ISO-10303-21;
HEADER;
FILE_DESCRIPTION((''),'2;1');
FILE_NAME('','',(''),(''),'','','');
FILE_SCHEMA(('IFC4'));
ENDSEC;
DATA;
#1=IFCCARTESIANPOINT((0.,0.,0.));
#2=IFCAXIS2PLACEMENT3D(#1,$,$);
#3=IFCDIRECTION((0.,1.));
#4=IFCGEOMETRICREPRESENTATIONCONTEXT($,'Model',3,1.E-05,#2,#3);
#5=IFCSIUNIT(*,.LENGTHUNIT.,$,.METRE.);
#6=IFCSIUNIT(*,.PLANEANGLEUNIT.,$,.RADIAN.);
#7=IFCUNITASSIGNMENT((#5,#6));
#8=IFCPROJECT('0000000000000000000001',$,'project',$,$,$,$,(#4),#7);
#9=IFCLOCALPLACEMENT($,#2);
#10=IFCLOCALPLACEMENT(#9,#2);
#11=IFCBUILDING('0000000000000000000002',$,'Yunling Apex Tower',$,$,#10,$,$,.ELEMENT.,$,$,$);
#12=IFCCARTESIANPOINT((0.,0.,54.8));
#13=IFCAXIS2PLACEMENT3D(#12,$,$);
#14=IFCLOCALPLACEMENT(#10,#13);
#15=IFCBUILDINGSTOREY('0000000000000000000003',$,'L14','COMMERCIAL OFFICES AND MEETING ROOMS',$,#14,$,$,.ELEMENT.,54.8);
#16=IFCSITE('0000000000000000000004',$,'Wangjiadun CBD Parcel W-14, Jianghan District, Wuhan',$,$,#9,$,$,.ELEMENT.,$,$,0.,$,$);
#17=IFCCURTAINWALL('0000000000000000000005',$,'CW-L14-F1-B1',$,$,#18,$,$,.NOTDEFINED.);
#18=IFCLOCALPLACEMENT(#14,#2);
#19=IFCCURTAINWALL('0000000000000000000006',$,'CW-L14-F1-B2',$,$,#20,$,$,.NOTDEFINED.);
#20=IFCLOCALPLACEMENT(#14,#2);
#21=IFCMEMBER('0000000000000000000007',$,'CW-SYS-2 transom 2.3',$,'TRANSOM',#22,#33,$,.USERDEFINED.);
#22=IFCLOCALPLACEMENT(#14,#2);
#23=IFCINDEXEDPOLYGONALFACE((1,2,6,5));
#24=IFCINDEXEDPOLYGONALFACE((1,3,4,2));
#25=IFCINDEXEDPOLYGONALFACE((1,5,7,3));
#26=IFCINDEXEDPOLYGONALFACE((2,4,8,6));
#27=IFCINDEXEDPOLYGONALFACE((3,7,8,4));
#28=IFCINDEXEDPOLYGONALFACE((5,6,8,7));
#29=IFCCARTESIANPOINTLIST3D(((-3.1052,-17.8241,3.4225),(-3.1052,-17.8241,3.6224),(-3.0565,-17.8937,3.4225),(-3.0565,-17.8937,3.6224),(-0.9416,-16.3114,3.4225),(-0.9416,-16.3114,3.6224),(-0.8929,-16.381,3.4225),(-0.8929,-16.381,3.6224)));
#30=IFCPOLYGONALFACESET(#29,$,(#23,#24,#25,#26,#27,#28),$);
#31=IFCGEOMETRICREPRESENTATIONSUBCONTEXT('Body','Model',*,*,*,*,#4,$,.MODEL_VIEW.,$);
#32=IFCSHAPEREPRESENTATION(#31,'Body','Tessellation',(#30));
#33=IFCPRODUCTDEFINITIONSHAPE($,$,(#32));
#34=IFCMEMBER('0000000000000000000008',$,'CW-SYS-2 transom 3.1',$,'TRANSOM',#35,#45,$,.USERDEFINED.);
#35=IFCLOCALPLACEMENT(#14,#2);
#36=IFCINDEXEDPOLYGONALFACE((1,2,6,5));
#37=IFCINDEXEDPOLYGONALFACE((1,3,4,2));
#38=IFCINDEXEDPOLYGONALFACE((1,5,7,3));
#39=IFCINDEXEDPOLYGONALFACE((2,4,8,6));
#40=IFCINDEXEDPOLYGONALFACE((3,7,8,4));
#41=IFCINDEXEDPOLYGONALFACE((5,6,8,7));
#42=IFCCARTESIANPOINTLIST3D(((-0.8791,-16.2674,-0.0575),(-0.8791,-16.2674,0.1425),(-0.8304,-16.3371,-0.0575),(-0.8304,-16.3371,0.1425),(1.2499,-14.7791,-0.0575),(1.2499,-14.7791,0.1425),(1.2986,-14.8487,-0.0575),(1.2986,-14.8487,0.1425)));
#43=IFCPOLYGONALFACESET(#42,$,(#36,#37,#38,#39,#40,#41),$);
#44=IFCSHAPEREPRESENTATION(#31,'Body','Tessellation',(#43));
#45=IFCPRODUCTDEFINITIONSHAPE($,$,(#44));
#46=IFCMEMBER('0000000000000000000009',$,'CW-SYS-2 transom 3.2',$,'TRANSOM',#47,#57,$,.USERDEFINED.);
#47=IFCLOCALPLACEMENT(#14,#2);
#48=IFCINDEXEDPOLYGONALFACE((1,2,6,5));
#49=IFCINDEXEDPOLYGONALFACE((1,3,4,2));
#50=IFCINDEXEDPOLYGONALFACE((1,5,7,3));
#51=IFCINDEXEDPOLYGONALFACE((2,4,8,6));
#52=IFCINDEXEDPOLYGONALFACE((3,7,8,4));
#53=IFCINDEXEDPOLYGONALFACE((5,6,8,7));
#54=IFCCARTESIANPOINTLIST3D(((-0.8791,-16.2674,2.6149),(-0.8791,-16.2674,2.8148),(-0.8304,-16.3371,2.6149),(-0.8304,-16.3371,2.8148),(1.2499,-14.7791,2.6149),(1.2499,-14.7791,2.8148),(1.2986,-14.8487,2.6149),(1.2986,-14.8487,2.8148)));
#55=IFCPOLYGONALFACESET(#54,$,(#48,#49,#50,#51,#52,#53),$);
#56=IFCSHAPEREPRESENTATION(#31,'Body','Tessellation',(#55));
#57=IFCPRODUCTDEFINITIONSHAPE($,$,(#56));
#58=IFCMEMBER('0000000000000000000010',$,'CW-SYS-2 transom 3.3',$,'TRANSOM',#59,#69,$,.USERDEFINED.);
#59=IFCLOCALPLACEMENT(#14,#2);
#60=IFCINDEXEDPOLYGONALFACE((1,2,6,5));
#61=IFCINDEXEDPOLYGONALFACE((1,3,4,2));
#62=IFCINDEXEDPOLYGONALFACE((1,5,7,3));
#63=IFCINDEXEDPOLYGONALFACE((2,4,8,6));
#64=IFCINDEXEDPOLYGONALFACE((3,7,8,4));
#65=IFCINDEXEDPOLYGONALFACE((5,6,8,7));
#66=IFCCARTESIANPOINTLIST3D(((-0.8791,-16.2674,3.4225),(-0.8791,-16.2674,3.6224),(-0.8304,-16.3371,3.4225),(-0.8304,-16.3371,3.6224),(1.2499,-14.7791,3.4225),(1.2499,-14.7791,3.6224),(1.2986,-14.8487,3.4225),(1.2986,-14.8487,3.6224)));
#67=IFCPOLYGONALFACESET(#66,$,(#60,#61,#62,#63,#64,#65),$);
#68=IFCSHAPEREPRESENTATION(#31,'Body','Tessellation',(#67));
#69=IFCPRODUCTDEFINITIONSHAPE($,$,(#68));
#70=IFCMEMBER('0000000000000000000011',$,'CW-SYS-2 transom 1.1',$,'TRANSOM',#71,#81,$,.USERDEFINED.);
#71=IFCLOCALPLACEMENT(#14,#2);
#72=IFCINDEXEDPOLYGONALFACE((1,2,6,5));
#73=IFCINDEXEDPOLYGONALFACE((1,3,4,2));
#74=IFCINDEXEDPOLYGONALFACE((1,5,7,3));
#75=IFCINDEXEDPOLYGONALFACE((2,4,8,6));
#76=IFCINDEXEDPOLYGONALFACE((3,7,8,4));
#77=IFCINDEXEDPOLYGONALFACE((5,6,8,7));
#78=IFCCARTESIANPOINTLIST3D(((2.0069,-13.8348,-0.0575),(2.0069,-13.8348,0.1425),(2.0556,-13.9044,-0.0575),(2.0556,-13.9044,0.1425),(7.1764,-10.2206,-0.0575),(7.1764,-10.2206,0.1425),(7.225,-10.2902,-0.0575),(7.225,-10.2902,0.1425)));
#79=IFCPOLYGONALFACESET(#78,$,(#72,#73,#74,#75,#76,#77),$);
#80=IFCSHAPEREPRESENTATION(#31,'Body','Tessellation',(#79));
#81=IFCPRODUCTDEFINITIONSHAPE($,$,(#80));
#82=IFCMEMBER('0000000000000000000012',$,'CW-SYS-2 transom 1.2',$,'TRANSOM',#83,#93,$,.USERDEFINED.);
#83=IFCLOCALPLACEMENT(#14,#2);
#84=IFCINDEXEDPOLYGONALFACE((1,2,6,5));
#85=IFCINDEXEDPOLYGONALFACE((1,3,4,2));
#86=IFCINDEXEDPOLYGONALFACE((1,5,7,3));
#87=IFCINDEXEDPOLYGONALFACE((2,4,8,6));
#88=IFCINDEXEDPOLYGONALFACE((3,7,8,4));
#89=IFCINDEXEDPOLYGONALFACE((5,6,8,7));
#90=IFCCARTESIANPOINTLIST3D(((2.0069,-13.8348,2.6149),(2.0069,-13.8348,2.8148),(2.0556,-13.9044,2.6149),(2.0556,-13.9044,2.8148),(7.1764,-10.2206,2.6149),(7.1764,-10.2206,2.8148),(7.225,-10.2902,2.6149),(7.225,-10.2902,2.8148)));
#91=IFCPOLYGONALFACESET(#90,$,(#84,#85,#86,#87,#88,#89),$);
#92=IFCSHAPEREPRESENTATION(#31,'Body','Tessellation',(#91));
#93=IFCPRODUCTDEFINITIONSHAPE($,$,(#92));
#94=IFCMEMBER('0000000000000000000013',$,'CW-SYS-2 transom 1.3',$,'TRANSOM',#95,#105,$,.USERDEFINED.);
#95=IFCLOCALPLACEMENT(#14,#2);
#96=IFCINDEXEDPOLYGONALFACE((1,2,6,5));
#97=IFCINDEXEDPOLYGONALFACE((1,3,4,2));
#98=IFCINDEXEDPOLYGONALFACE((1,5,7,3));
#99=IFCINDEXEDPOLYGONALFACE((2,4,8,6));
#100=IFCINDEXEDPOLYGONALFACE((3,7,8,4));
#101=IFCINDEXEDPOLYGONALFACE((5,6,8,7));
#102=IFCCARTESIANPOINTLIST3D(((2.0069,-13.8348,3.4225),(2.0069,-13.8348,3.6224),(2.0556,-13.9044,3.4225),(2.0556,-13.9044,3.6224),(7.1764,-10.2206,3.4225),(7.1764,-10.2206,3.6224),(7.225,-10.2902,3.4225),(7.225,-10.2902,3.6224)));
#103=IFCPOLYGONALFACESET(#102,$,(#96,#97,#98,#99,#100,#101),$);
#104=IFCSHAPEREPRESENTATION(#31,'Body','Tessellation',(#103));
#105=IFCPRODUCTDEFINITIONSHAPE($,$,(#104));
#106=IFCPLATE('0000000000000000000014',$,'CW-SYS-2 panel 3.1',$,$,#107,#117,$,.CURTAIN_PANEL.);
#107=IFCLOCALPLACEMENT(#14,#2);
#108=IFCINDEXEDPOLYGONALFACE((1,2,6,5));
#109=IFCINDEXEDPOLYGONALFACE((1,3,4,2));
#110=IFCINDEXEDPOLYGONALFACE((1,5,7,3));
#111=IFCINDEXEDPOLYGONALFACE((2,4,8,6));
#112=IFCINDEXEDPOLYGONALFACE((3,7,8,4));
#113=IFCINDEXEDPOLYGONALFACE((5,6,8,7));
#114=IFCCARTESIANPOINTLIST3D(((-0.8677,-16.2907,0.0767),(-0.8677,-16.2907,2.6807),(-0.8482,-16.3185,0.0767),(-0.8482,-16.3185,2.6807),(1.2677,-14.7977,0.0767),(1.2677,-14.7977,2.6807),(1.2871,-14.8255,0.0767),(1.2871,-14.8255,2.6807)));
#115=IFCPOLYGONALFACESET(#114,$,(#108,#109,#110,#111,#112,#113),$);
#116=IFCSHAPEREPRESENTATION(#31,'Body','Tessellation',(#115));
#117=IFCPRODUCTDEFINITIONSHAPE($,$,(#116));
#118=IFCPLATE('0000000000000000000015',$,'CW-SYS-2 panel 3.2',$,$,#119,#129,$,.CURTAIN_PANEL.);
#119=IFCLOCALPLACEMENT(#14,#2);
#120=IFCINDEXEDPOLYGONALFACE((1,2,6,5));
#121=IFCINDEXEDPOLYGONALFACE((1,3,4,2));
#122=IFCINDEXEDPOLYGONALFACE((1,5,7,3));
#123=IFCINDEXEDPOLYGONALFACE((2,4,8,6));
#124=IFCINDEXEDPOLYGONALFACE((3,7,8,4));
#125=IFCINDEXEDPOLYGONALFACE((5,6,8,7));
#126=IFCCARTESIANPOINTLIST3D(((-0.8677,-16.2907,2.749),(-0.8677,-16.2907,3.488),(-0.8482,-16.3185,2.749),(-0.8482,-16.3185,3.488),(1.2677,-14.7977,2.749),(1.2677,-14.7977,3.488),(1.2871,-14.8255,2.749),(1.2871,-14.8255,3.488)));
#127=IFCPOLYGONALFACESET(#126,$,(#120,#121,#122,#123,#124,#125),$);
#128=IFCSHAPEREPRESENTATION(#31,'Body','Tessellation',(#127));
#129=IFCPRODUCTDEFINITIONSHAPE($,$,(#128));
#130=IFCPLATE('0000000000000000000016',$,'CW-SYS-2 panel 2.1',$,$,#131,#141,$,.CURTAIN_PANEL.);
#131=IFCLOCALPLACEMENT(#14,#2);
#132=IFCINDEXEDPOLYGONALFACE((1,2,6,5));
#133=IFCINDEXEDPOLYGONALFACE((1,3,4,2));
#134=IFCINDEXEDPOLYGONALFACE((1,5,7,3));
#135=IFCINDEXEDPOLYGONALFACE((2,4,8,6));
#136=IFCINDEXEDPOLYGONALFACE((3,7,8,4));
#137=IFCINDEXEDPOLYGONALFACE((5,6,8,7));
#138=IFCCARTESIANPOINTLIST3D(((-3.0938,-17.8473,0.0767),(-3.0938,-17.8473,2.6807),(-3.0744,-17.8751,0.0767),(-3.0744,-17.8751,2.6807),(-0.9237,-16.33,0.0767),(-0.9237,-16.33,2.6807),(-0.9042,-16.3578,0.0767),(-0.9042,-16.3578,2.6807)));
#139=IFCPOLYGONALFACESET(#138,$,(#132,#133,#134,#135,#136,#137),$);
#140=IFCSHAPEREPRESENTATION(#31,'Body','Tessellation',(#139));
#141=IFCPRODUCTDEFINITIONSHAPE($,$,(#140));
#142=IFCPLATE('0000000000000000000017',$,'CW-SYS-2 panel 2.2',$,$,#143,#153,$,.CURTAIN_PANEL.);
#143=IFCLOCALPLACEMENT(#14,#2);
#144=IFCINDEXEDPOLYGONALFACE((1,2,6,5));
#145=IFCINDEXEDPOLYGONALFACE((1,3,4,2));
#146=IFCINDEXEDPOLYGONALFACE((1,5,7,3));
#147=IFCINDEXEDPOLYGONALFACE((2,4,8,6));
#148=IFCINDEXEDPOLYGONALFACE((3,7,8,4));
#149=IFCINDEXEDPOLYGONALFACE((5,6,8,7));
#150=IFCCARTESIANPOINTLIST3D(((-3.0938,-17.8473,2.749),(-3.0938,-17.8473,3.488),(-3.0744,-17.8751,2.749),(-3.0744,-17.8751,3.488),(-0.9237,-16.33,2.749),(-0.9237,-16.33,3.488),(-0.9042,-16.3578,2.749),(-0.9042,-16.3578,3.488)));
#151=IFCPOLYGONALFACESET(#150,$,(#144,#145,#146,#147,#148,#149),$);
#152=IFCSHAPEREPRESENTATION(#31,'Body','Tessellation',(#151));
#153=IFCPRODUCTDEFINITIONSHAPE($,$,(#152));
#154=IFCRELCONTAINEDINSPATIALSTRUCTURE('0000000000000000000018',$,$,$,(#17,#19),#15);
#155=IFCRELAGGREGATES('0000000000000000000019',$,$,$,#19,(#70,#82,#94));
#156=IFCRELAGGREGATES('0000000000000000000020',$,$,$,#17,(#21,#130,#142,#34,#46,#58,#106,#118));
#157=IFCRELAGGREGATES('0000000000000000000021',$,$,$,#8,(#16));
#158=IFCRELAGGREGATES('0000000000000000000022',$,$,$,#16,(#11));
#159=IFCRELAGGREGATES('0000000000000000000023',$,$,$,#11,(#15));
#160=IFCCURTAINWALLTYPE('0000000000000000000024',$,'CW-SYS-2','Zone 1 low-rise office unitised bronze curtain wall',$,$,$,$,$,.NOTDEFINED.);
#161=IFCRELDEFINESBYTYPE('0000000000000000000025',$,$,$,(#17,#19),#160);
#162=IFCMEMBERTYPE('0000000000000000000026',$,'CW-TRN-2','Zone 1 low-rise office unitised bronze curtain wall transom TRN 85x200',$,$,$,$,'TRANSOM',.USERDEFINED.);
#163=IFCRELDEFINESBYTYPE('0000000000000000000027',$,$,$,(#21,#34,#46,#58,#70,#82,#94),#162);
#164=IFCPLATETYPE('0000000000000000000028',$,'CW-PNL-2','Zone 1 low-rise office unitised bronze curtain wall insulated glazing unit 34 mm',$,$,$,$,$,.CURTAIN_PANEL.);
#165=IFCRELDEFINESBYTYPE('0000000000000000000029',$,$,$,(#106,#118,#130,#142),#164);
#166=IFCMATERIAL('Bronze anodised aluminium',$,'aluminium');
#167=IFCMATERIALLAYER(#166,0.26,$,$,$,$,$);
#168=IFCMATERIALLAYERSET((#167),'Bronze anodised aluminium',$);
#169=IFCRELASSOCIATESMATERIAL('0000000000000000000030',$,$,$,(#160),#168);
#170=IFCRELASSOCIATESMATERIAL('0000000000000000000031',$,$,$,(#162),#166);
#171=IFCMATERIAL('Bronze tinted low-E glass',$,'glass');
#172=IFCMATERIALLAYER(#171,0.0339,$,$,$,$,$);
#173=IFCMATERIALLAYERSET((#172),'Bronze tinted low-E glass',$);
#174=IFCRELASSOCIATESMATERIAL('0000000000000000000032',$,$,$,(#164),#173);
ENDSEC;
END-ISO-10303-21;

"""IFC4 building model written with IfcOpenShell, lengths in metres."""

from ifc_helpers import new_model, si_unit, direction, frame, origin, origin_2d, place, context, subcontext, project, spatial, rectangle, extrude, source, transform, mapped, material, layer, layer_set, material_profile, profile_set, type_object, element, aggregate, save


model = new_model("IFC4")

# Units and contexts
model_context = context("Model", 3, precision=1e-05, world=origin(), true_north=direction((0.0, 1.0)))
body_context = subcontext(model_context, "Body", "Model", "MODEL_VIEW")
ifc_project = project(units=[si_unit("LENGTHUNIT", "METRE"), si_unit("PLANEANGLEUNIT", "RADIAN")], contexts=[model_context])

# Site, building, storey
site_placement = place(None, origin())
site = spatial("IfcSite", under=ifc_project, at=site_placement, Name="Wangjiadun CBD Parcel W-14, Jianghan District, Wuhan", CompositionType="ELEMENT", RefElevation=0.0)
building_placement = place(site_placement, origin())
building = spatial("IfcBuilding", under=site, at=building_placement, Name="Yunling Apex Tower", CompositionType="ELEMENT")
storey_placement = place(building_placement, frame((0.0, 0.0, 54.8)))
storey = spatial("IfcBuildingStorey", under=building, at=storey_placement, Name="L14", Description="COMMERCIAL OFFICES AND MEETING ROOMS", CompositionType="ELEMENT", Elevation=54.8)

# Curtain wall
ifc_material_1 = material(Name="Bronze anodised aluminium", Category="aluminium")
ifc_layer_1 = layer(ifc_material_1, 0.26)
ifc_layer_set_1 = layer_set([ifc_layer_1], Name="Bronze anodised aluminium")
curtain_wall_type = type_object("IfcCurtainWallType", Name="CW-SYS-2", Description="Zone 1 low-rise office unitised bronze curtain wall", PredefinedType="NOTDEFINED", material=ifc_layer_set_1)
curtain_wall_1_placement = place(storey_placement, origin())
curtain_wall_1 = element("IfcCurtainWall", 1, at=curtain_wall_1_placement, inside=storey, type_object=curtain_wall_type, Name="CW-L14-F1-B1", PredefinedType="NOTDEFINED")

# Curtain wall
curtain_wall_2_placement = place(storey_placement, origin())
curtain_wall_2 = element("IfcCurtainWall", 2, at=curtain_wall_2_placement, inside=storey, type_object=curtain_wall_type, Name="CW-L14-F1-B2", PredefinedType="NOTDEFINED")

# Members
ifc_material_profile_1 = material_profile(ifc_material_1, rectangle(XDim=0.085, YDim=0.2, at=origin_2d()))
ifc_profile_set_1 = profile_set([ifc_material_profile_1], Name="Bronze anodised aluminium")
member_type_1 = type_object("IfcMemberType", Name="CW-TRN-2", Description="Zone 1 low-rise office unitised bronze curtain wall transom TRN 85x200", ElementType="TRANSOM", PredefinedType="USERDEFINED", material=ifc_profile_set_1)
shared_shape_1 = source(origin(), body_context, "Body", "SweptSolid", [
    extrude(rectangle(XDim=0.085, YDim=0.2, at=origin_2d()), origin(), (0.0, 0.0, 1.0), 2.6399),
])
member_1_placement = place(storey_placement, frame((-3.0808, -17.8589, 3.5225), z_axis=(0.819553, 0.573003, 0.0), x_axis=(-0.573003, 0.819553, 0.0)))
member_1 = element("IfcMember", 3, at=member_1_placement, type_object=member_type_1, Name="CW-SYS-2 transom 2.3", ObjectType="TRANSOM", PredefinedType="USERDEFINED", context=body_context, shape_type="MappedRepresentation", body=[
    mapped(shared_shape_1, transform((0.0, 0.0, 0.0), scale=1.0)),
])
shared_shape_2 = source(origin(), body_context, "Body", "SweptSolid", [
    extrude(rectangle(XDim=0.085, YDim=0.2, at=origin_2d()), origin(), (0.0, 0.0, 1.0), 2.5977),
])
member_2_placement = place(storey_placement, frame((-0.8547, -16.3022, 0.0425), z_axis=(0.819585, 0.572958, 0.0), x_axis=(-0.572958, 0.819585, 0.0)))
member_2 = element("IfcMember", 4, at=member_2_placement, type_object=member_type_1, Name="CW-SYS-2 transom 3.1", ObjectType="TRANSOM", PredefinedType="USERDEFINED", context=body_context, shape_type="MappedRepresentation", body=[
    mapped(shared_shape_2, transform((0.0, 0.0, 0.0), scale=1.0)),
])
member_3_placement = place(storey_placement, frame((-0.8547, -16.3022, 2.7148), z_axis=(0.819585, 0.572958, 0.0), x_axis=(-0.572958, 0.819585, 0.0)))
member_3 = element("IfcMember", 5, at=member_3_placement, type_object=member_type_1, Name="CW-SYS-2 transom 3.2", ObjectType="TRANSOM", PredefinedType="USERDEFINED", context=body_context, shape_type="MappedRepresentation", body=[
    mapped(shared_shape_2, transform((0.0, 0.0, 0.0), scale=1.0)),
])
member_4_placement = place(storey_placement, frame((-0.8547, -16.3022, 3.5225), z_axis=(0.819585, 0.572958, 0.0), x_axis=(-0.572958, 0.819585, 0.0)))
member_4 = element("IfcMember", 6, at=member_4_placement, type_object=member_type_1, Name="CW-SYS-2 transom 3.3", ObjectType="TRANSOM", PredefinedType="USERDEFINED", context=body_context, shape_type="MappedRepresentation", body=[
    mapped(shared_shape_2, transform((0.0, 0.0, 0.0), scale=1.0)),
])
shared_shape_3 = source(origin(), body_context, "Body", "SweptSolid", [
    extrude(rectangle(XDim=0.085, YDim=0.2, at=origin_2d()), origin(), (0.0, 0.0, 1.0), 6.3076),
])
member_5_placement = place(storey_placement, frame((2.0312, -13.8696, 0.0425), z_axis=(0.819555, 0.573, 0.0), x_axis=(-0.573, 0.819555, 0.0)))
member_5 = element("IfcMember", 7, at=member_5_placement, type_object=member_type_1, Name="CW-SYS-2 transom 1.1", ObjectType="TRANSOM", PredefinedType="USERDEFINED", context=body_context, shape_type="MappedRepresentation", body=[
    mapped(shared_shape_3, transform((0.0, 0.0, 0.0), scale=1.0)),
])
member_6_placement = place(storey_placement, frame((2.0312, -13.8696, 2.7148), z_axis=(0.819555, 0.573, 0.0), x_axis=(-0.573, 0.819555, 0.0)))
member_6 = element("IfcMember", 8, at=member_6_placement, type_object=member_type_1, Name="CW-SYS-2 transom 1.2", ObjectType="TRANSOM", PredefinedType="USERDEFINED", context=body_context, shape_type="MappedRepresentation", body=[
    mapped(shared_shape_3, transform((0.0, 0.0, 0.0), scale=1.0)),
])
member_7_placement = place(storey_placement, frame((2.0312, -13.8696, 3.5225), z_axis=(0.819555, 0.573, 0.0), x_axis=(-0.573, 0.819555, 0.0)))
member_7 = element("IfcMember", 9, at=member_7_placement, type_object=member_type_1, Name="CW-SYS-2 transom 1.3", ObjectType="TRANSOM", PredefinedType="USERDEFINED", context=body_context, shape_type="MappedRepresentation", body=[
    mapped(shared_shape_3, transform((0.0, 0.0, 0.0), scale=1.0)),
])
aggregate(curtain_wall_2, [member_5, member_6, member_7])

# Plates
ifc_material_2 = material(Name="Bronze tinted low-E glass", Category="glass")
ifc_layer_2 = layer(ifc_material_2, 0.0339)
ifc_layer_set_2 = layer_set([ifc_layer_2], Name="Bronze tinted low-E glass")
plate_type = type_object("IfcPlateType", Name="CW-PNL-2", Description="Zone 1 low-rise office unitised bronze curtain wall insulated glazing unit 34 mm", PredefinedType="CURTAIN_PANEL", material=ifc_layer_set_2)
shared_shape_4 = source(origin(), body_context, "Body", "SweptSolid", [
    extrude(rectangle(XDim=2.6055, YDim=0.0339, at=origin_2d()), origin(), (0.0, 0.0, 1.0), 2.604),
])
plate_1_placement = place(storey_placement, frame((0.2097, -15.5581, 0.0767), z_axis=(0.0, 0.0, 1.0), x_axis=(0.819552, 0.573004, 0.0)))
plate_1 = element("IfcPlate", 10, at=plate_1_placement, type_object=plate_type, Name="CW-SYS-2 panel 3.1", PredefinedType="CURTAIN_PANEL", context=body_context, shape_type="MappedRepresentation", body=[
    mapped(shared_shape_4, transform((0.0, 0.0, 0.0), scale=1.0)),
])
shared_shape_5 = source(origin(), body_context, "Body", "SweptSolid", [
    extrude(rectangle(XDim=2.6055, YDim=0.0339, at=origin_2d()), origin(), (0.0, 0.0, 1.0), 0.739),
])
plate_2_placement = place(storey_placement, frame((0.2097, -15.5581, 2.749), z_axis=(0.0, 0.0, 1.0), x_axis=(0.819552, 0.573004, 0.0)))
plate_2 = element("IfcPlate", 11, at=plate_2_placement, type_object=plate_type, Name="CW-SYS-2 panel 3.2", PredefinedType="CURTAIN_PANEL", context=body_context, shape_type="MappedRepresentation", body=[
    mapped(shared_shape_5, transform((0.0, 0.0, 0.0), scale=1.0)),
])
shared_shape_6 = source(origin(), body_context, "Body", "SweptSolid", [
    extrude(rectangle(XDim=2.6479, YDim=0.0339, at=origin_2d()), origin(), (0.0, 0.0, 1.0), 2.604),
])
plate_3_placement = place(storey_placement, frame((-1.999, -17.1025, 0.0767), z_axis=(0.0, 0.0, 1.0), x_axis=(0.819552, 0.573004, 0.0)))
plate_3 = element("IfcPlate", 12, at=plate_3_placement, type_object=plate_type, Name="CW-SYS-2 panel 2.1", PredefinedType="CURTAIN_PANEL", context=body_context, shape_type="MappedRepresentation", body=[
    mapped(shared_shape_6, transform((0.0, 0.0, 0.0), scale=1.0)),
])
shared_shape_7 = source(origin(), body_context, "Body", "SweptSolid", [
    extrude(rectangle(XDim=2.6479, YDim=0.0339, at=origin_2d()), origin(), (0.0, 0.0, 1.0), 0.739),
])
plate_4_placement = place(storey_placement, frame((-1.999, -17.1025, 2.749), z_axis=(0.0, 0.0, 1.0), x_axis=(0.819552, 0.573004, 0.0)))
plate_4 = element("IfcPlate", 13, at=plate_4_placement, type_object=plate_type, Name="CW-SYS-2 panel 2.2", PredefinedType="CURTAIN_PANEL", context=body_context, shape_type="MappedRepresentation", body=[
    mapped(shared_shape_7, transform((0.0, 0.0, 0.0), scale=1.0)),
])
aggregate(curtain_wall_1, [member_1, plate_3, plate_4, member_2, member_3, member_4, plate_1, plate_2])

save(model, "model.ifc")
